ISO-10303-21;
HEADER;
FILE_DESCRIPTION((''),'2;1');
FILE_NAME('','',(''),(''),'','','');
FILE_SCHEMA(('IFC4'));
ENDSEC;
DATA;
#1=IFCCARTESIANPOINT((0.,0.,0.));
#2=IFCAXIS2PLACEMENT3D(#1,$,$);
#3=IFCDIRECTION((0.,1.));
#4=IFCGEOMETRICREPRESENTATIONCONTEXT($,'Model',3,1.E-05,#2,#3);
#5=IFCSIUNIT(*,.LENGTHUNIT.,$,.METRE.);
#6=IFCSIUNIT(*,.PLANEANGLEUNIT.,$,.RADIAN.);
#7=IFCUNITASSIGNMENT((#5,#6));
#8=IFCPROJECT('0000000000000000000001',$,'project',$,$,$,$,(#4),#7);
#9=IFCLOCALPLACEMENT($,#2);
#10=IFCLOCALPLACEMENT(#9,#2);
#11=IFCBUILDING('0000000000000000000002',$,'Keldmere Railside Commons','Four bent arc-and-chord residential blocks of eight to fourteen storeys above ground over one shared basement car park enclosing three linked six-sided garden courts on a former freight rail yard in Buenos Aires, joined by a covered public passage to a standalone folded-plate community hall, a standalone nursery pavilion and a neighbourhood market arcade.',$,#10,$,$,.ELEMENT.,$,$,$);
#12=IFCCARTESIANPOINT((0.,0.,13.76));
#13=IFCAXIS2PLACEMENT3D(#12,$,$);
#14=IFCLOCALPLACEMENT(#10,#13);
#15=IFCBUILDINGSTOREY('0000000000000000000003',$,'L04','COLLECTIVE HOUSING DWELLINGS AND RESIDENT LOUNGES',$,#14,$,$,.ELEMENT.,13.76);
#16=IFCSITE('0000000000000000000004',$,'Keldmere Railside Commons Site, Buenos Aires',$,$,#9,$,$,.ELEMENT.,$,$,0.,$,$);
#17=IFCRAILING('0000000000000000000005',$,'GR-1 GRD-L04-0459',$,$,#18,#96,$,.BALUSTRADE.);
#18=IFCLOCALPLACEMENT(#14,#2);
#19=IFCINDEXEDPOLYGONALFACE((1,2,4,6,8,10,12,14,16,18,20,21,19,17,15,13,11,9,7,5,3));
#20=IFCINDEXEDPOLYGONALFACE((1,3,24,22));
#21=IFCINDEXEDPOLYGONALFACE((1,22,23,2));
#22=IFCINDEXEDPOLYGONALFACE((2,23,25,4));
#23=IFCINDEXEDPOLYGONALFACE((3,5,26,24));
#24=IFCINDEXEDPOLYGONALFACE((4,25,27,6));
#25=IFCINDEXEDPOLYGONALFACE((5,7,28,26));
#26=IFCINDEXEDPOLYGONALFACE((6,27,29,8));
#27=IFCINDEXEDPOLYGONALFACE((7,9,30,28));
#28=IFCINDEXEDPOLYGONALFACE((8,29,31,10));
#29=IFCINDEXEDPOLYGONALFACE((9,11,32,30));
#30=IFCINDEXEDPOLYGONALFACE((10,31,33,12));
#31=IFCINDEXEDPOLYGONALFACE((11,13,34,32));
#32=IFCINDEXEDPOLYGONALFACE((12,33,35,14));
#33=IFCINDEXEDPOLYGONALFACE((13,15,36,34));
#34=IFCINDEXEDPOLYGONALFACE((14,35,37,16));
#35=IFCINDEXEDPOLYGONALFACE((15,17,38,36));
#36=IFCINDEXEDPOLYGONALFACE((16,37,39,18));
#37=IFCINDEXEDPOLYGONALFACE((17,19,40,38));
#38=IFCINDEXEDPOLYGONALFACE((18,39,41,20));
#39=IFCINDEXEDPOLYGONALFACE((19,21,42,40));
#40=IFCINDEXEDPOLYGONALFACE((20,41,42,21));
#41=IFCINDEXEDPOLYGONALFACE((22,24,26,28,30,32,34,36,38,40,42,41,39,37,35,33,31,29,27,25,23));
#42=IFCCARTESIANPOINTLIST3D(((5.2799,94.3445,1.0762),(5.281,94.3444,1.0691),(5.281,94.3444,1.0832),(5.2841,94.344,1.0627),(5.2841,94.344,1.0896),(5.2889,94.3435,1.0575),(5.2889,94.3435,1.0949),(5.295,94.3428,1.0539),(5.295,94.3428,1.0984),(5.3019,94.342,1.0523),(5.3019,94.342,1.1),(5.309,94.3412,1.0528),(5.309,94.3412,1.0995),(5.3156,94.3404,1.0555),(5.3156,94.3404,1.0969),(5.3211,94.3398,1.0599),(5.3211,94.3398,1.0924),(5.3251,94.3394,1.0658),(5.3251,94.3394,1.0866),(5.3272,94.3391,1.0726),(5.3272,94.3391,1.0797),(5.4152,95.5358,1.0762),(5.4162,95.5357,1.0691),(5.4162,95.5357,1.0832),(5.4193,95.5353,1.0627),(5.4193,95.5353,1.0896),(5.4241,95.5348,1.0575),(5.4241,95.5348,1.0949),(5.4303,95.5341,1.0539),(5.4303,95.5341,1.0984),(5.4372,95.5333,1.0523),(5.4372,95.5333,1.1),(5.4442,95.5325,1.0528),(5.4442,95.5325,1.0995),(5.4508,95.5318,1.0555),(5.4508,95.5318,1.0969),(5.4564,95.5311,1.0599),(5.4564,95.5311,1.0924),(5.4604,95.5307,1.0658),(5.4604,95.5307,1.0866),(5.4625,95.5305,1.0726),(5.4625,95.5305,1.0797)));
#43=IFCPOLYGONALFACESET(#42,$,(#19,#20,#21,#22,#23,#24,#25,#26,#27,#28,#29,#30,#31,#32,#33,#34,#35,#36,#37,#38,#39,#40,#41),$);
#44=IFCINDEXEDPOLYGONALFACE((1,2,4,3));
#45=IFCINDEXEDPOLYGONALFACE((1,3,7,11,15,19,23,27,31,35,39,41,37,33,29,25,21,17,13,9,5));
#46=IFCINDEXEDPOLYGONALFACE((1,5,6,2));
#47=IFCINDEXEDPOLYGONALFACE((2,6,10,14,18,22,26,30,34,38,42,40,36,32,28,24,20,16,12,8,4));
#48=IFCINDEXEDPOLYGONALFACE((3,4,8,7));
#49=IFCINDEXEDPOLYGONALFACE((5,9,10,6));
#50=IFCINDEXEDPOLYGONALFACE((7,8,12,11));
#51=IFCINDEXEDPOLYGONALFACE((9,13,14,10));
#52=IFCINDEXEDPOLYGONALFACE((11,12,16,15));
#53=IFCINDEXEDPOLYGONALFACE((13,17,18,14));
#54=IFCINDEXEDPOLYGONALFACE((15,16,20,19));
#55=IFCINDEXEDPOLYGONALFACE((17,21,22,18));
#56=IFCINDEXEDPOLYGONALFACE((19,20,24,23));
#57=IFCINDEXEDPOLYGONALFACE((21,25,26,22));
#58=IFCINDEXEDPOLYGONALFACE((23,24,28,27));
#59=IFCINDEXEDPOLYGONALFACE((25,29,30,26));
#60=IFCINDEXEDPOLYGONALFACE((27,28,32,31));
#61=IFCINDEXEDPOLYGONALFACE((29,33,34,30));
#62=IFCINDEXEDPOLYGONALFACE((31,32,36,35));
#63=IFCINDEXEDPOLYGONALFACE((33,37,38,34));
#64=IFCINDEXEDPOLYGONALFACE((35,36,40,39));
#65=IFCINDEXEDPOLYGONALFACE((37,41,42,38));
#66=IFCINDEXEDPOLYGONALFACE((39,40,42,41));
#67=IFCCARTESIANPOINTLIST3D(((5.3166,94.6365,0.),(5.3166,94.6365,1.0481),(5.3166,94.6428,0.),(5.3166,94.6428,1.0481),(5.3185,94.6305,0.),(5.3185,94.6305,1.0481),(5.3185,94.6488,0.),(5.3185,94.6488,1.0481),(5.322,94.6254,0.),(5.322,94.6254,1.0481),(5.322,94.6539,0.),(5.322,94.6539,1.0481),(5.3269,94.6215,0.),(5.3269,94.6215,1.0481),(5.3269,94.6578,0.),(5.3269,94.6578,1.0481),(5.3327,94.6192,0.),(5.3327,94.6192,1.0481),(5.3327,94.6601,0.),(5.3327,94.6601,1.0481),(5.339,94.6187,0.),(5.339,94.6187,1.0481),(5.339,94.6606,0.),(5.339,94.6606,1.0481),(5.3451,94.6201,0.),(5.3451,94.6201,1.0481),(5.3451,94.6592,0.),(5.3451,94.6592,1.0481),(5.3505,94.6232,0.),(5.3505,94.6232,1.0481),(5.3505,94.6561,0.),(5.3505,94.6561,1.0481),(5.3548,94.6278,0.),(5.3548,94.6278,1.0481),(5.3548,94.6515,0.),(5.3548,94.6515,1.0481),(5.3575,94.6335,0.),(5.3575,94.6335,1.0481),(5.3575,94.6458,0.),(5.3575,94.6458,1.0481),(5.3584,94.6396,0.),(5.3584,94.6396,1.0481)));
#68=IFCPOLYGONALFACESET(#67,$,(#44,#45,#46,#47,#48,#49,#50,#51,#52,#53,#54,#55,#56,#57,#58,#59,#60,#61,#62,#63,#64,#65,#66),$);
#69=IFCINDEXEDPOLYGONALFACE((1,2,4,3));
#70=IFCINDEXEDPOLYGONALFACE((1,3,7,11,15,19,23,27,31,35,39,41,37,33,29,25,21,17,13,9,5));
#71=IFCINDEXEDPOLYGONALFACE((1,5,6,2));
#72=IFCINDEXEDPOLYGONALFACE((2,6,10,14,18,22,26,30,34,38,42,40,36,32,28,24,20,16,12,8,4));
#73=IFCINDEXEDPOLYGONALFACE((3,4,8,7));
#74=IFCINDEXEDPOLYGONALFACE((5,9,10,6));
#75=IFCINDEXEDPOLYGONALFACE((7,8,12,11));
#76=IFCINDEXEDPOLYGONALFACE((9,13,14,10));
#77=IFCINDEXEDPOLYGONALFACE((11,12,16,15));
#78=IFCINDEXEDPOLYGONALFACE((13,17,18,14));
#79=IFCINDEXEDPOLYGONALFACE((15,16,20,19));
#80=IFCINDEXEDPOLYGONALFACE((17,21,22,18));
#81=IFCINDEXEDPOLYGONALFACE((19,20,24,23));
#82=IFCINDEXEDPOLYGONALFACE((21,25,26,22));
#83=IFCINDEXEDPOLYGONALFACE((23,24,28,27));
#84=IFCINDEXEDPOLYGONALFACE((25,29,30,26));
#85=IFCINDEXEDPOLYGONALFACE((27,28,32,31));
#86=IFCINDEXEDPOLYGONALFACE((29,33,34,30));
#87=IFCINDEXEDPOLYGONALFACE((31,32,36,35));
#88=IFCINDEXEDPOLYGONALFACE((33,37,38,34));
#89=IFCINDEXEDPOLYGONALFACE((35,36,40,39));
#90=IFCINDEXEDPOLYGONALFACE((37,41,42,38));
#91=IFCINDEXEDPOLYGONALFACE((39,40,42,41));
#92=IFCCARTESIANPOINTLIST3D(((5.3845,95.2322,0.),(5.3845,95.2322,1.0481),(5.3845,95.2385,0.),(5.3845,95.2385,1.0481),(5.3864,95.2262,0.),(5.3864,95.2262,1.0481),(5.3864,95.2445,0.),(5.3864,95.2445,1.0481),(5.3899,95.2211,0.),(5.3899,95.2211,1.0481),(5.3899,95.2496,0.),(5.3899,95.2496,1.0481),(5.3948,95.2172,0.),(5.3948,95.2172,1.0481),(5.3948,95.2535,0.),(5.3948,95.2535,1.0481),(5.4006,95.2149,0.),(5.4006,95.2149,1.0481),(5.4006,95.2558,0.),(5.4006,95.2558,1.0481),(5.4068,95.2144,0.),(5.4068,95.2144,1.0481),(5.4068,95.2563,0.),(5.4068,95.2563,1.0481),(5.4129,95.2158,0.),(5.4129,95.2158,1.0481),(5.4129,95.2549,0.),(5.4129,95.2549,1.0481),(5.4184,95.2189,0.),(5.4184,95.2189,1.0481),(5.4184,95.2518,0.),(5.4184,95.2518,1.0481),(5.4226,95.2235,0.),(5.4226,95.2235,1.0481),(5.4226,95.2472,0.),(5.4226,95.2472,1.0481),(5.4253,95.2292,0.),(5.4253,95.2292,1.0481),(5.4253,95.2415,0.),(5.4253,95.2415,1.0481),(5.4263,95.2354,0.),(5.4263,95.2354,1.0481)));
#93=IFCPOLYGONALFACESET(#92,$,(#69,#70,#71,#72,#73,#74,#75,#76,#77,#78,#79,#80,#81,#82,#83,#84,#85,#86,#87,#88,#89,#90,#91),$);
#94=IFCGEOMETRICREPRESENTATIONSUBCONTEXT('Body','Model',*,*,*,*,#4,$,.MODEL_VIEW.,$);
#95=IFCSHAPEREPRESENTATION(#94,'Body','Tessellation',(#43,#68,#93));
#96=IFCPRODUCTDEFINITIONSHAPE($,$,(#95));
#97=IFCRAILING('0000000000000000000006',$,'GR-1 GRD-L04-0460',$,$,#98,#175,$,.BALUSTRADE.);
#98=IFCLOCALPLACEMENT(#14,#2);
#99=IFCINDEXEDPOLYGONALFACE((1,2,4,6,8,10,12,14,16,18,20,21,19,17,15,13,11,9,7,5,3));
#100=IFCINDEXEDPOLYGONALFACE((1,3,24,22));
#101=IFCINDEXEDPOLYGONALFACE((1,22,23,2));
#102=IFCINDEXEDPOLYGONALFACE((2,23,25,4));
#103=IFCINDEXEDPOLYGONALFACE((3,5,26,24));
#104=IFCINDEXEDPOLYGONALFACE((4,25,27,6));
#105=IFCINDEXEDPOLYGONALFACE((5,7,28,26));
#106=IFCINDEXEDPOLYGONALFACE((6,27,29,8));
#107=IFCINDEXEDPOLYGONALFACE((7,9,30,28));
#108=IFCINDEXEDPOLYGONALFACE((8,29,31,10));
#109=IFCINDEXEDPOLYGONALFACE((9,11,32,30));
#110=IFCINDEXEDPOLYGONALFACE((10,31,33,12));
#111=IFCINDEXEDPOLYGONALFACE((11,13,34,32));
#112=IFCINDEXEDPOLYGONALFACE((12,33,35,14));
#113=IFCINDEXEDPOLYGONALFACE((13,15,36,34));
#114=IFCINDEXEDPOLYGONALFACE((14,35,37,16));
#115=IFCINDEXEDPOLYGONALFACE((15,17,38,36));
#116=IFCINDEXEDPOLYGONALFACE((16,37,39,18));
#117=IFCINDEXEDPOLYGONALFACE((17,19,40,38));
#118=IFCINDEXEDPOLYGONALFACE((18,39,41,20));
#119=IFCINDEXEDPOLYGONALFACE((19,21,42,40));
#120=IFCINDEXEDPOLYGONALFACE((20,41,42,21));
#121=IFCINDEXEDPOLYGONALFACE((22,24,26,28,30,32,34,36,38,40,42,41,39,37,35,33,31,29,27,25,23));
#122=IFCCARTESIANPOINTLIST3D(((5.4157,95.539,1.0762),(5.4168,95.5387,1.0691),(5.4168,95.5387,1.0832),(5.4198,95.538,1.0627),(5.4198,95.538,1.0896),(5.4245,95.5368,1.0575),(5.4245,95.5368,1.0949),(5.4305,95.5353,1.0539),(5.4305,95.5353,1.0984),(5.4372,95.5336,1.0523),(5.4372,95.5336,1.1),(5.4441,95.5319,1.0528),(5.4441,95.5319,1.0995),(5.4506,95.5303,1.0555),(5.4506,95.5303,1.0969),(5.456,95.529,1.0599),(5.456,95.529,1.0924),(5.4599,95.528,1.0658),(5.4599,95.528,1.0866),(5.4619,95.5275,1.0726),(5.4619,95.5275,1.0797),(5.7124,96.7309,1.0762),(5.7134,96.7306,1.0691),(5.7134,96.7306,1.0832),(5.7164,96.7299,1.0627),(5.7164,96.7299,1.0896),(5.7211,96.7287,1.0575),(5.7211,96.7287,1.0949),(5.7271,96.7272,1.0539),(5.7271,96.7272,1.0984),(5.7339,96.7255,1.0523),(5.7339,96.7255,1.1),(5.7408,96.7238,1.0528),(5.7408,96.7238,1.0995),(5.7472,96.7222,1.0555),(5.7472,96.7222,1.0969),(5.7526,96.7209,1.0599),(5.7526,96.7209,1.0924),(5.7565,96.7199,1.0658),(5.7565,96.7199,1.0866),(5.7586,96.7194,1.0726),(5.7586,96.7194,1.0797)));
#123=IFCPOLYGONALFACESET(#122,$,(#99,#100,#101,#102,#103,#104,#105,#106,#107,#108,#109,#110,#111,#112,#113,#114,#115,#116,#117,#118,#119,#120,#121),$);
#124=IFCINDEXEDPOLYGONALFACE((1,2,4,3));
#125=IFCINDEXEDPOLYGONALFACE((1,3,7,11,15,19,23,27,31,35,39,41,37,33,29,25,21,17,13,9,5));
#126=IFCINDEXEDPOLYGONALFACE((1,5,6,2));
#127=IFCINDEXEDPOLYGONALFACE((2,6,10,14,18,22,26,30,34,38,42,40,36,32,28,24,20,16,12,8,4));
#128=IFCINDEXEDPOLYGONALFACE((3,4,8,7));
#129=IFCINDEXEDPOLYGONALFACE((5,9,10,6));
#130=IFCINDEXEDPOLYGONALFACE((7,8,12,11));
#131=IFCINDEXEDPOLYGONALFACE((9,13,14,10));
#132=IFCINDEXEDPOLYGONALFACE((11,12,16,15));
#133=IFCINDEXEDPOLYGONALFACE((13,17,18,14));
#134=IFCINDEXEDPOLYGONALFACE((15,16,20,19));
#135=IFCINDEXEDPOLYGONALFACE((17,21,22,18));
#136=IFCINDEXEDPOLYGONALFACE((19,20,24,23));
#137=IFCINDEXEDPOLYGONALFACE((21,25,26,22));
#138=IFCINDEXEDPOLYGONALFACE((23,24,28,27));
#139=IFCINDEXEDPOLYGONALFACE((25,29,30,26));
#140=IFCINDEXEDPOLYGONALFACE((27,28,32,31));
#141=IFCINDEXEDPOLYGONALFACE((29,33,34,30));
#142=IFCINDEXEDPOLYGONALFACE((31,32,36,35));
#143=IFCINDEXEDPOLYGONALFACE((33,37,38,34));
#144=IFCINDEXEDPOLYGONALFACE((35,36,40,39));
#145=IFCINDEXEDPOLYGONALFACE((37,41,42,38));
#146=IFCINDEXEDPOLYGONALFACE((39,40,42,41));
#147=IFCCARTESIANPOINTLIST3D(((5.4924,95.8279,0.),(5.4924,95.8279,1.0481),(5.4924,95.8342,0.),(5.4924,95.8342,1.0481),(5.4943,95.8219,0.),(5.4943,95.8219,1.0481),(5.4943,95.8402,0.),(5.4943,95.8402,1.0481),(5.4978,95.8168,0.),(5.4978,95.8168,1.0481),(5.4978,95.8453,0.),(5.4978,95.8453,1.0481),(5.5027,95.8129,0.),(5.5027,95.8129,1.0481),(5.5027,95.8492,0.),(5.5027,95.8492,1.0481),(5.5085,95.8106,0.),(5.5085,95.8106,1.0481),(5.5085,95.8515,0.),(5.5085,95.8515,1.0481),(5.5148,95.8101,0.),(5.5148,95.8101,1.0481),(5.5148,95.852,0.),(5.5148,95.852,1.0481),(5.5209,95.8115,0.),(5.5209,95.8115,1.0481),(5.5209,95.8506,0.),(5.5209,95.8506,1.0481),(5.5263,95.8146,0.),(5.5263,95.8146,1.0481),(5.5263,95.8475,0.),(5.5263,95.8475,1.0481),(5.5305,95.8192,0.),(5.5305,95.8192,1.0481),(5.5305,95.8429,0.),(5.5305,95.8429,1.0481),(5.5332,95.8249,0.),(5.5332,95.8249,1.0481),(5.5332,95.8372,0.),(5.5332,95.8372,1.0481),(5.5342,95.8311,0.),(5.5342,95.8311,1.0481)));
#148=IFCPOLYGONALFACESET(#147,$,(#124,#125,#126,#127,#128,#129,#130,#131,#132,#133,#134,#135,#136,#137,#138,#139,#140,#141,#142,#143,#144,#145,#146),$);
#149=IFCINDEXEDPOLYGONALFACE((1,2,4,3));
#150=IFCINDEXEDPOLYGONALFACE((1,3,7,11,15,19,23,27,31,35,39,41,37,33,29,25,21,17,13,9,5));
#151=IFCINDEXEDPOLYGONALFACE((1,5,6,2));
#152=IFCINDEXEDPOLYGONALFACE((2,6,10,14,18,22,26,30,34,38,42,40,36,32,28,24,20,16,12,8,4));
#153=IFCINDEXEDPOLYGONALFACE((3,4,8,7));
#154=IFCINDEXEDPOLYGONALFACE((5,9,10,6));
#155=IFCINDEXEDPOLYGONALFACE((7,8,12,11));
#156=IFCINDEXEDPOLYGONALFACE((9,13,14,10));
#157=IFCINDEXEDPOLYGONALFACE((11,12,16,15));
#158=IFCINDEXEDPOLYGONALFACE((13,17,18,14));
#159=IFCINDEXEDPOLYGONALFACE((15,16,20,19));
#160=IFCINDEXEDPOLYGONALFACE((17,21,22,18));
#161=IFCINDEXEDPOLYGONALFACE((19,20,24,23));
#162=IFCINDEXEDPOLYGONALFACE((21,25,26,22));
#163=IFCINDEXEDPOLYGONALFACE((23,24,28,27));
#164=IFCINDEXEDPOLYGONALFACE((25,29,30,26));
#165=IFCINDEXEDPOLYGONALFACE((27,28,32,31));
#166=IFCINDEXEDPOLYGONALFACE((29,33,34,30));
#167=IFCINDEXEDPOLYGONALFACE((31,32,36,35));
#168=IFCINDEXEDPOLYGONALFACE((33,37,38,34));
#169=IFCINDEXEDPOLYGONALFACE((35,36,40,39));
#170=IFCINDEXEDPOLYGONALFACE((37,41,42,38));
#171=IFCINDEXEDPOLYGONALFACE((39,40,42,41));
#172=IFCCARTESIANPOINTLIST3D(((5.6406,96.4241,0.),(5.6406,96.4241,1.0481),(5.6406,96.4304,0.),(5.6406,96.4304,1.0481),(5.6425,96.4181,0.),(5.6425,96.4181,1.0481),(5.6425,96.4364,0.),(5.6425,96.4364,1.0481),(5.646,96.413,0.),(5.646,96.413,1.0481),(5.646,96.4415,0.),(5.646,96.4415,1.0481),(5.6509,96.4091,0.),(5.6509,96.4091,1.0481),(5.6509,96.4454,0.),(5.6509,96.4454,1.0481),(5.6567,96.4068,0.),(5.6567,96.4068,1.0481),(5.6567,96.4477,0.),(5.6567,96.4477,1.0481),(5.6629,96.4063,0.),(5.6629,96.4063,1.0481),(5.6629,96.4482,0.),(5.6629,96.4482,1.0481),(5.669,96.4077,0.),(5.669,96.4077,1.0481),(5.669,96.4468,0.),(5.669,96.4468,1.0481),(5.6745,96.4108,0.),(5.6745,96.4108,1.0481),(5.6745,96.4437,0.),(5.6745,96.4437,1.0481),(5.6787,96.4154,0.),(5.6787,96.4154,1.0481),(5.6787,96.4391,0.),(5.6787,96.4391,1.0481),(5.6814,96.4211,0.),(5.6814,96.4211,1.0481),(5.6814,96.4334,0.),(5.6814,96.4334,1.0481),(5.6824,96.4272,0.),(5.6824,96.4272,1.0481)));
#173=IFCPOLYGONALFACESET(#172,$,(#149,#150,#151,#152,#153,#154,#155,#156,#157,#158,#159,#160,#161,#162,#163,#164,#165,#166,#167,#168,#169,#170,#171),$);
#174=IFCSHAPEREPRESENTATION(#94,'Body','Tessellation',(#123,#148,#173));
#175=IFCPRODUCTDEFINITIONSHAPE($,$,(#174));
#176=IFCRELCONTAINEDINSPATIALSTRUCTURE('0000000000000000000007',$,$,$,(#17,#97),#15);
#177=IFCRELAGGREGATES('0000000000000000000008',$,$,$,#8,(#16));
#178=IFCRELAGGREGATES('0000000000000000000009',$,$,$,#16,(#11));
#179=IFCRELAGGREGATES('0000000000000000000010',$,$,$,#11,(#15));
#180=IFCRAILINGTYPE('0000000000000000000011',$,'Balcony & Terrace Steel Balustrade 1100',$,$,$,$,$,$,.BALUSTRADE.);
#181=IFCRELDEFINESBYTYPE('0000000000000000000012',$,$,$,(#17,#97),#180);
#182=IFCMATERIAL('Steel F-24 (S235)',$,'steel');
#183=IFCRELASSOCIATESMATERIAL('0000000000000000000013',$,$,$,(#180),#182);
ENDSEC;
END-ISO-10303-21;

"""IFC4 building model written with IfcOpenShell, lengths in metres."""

from ifc_helpers import new_model, si_unit, direction, frame, origin, origin_2d, place, context, subcontext, project, spatial, circle, extrude, material, type_object, element, save


model = new_model("IFC4")

# Units and contexts
model_context = context("Model", 3, precision=1e-05, world=origin(), true_north=direction((0.0, 1.0)))
body_context = subcontext(model_context, "Body", "Model", "MODEL_VIEW")
ifc_project = project(units=[si_unit("LENGTHUNIT", "METRE"), si_unit("PLANEANGLEUNIT", "RADIAN")], contexts=[model_context])

# Site, building, storey
site_placement = place(None, origin())
site = spatial("IfcSite", under=ifc_project, at=site_placement, Name="Keldmere Railside Commons Site, Buenos Aires", CompositionType="ELEMENT", RefElevation=0.0)
building_placement = place(site_placement, origin())
building = spatial("IfcBuilding", under=site, at=building_placement, Name="Keldmere Railside Commons", Description="Four bent arc-and-chord residential blocks of eight to fourteen storeys above ground over one shared basement car park enclosing three linked six-sided garden courts on a former freight rail yard in Buenos Aires, joined by a covered public passage to a standalone folded-plate community hall, a standalone nursery pavilion and a neighbourhood market arcade.", CompositionType="ELEMENT")
storey_placement = place(building_placement, frame((0.0, 0.0, 13.76)))
storey = spatial("IfcBuildingStorey", under=building, at=storey_placement, Name="L04", Description="COLLECTIVE HOUSING DWELLINGS AND RESIDENT LOUNGES", CompositionType="ELEMENT", Elevation=13.76)

# Railings
ifc_material_1 = material(Name="Steel F-24 (S235)", Category="steel")
railing_type = type_object("IfcRailingType", Name="Balcony & Terrace Steel Balustrade 1100", PredefinedType="BALUSTRADE", material=ifc_material_1)
railing_1_placement = place(storey_placement, frame((5.3037, 94.3418, 0.0)))
element("IfcRailing", 1, at=railing_1_placement, inside=storey, type_object=railing_type, Name="GR-1 GRD-L04-0459", PredefinedType="BALUSTRADE", context=body_context, shape_type="SweptSolid", body=[
    extrude(circle(Radius=0.0239, at=origin_2d()), frame((0.0, 0.0, 1.0762), z_axis=(0.1128, 0.993618, 0.0), x_axis=(-0.993618, 0.1128, 0.0)), (0.0, 0.0, 1.0), 1.199),
    extrude(circle(Radius=0.021, at=origin_2d()), frame((0.0337, 0.2979, 0.0)), (0.0, 0.0, 1.0), 1.0481),
    extrude(circle(Radius=0.021, at=origin_2d()), frame((0.1016, 0.8936, 0.0)), (0.0, 0.0, 1.0), 1.0481),
])
railing_2_placement = place(storey_placement, frame((5.439, 95.5332, 0.0)))
element("IfcRailing", 2, at=railing_2_placement, inside=storey, type_object=railing_type, Name="GR-1 GRD-L04-0460", PredefinedType="BALUSTRADE", context=body_context, shape_type="SweptSolid", body=[
    extrude(circle(Radius=0.0239, at=origin_2d()), frame((0.0, 0.0, 1.0762), z_axis=(0.241507, 0.970399, 0.0), x_axis=(-0.970399, 0.241507, 0.0)), (0.0, 0.0, 1.0), 1.2283),
    extrude(circle(Radius=0.021, at=origin_2d()), frame((0.0742, 0.2979, 0.0)), (0.0, 0.0, 1.0), 1.0481),
    extrude(circle(Radius=0.021, at=origin_2d()), frame((0.2224, 0.894, 0.0)), (0.0, 0.0, 1.0), 1.0481),
])

save(model, "model.ifc")
